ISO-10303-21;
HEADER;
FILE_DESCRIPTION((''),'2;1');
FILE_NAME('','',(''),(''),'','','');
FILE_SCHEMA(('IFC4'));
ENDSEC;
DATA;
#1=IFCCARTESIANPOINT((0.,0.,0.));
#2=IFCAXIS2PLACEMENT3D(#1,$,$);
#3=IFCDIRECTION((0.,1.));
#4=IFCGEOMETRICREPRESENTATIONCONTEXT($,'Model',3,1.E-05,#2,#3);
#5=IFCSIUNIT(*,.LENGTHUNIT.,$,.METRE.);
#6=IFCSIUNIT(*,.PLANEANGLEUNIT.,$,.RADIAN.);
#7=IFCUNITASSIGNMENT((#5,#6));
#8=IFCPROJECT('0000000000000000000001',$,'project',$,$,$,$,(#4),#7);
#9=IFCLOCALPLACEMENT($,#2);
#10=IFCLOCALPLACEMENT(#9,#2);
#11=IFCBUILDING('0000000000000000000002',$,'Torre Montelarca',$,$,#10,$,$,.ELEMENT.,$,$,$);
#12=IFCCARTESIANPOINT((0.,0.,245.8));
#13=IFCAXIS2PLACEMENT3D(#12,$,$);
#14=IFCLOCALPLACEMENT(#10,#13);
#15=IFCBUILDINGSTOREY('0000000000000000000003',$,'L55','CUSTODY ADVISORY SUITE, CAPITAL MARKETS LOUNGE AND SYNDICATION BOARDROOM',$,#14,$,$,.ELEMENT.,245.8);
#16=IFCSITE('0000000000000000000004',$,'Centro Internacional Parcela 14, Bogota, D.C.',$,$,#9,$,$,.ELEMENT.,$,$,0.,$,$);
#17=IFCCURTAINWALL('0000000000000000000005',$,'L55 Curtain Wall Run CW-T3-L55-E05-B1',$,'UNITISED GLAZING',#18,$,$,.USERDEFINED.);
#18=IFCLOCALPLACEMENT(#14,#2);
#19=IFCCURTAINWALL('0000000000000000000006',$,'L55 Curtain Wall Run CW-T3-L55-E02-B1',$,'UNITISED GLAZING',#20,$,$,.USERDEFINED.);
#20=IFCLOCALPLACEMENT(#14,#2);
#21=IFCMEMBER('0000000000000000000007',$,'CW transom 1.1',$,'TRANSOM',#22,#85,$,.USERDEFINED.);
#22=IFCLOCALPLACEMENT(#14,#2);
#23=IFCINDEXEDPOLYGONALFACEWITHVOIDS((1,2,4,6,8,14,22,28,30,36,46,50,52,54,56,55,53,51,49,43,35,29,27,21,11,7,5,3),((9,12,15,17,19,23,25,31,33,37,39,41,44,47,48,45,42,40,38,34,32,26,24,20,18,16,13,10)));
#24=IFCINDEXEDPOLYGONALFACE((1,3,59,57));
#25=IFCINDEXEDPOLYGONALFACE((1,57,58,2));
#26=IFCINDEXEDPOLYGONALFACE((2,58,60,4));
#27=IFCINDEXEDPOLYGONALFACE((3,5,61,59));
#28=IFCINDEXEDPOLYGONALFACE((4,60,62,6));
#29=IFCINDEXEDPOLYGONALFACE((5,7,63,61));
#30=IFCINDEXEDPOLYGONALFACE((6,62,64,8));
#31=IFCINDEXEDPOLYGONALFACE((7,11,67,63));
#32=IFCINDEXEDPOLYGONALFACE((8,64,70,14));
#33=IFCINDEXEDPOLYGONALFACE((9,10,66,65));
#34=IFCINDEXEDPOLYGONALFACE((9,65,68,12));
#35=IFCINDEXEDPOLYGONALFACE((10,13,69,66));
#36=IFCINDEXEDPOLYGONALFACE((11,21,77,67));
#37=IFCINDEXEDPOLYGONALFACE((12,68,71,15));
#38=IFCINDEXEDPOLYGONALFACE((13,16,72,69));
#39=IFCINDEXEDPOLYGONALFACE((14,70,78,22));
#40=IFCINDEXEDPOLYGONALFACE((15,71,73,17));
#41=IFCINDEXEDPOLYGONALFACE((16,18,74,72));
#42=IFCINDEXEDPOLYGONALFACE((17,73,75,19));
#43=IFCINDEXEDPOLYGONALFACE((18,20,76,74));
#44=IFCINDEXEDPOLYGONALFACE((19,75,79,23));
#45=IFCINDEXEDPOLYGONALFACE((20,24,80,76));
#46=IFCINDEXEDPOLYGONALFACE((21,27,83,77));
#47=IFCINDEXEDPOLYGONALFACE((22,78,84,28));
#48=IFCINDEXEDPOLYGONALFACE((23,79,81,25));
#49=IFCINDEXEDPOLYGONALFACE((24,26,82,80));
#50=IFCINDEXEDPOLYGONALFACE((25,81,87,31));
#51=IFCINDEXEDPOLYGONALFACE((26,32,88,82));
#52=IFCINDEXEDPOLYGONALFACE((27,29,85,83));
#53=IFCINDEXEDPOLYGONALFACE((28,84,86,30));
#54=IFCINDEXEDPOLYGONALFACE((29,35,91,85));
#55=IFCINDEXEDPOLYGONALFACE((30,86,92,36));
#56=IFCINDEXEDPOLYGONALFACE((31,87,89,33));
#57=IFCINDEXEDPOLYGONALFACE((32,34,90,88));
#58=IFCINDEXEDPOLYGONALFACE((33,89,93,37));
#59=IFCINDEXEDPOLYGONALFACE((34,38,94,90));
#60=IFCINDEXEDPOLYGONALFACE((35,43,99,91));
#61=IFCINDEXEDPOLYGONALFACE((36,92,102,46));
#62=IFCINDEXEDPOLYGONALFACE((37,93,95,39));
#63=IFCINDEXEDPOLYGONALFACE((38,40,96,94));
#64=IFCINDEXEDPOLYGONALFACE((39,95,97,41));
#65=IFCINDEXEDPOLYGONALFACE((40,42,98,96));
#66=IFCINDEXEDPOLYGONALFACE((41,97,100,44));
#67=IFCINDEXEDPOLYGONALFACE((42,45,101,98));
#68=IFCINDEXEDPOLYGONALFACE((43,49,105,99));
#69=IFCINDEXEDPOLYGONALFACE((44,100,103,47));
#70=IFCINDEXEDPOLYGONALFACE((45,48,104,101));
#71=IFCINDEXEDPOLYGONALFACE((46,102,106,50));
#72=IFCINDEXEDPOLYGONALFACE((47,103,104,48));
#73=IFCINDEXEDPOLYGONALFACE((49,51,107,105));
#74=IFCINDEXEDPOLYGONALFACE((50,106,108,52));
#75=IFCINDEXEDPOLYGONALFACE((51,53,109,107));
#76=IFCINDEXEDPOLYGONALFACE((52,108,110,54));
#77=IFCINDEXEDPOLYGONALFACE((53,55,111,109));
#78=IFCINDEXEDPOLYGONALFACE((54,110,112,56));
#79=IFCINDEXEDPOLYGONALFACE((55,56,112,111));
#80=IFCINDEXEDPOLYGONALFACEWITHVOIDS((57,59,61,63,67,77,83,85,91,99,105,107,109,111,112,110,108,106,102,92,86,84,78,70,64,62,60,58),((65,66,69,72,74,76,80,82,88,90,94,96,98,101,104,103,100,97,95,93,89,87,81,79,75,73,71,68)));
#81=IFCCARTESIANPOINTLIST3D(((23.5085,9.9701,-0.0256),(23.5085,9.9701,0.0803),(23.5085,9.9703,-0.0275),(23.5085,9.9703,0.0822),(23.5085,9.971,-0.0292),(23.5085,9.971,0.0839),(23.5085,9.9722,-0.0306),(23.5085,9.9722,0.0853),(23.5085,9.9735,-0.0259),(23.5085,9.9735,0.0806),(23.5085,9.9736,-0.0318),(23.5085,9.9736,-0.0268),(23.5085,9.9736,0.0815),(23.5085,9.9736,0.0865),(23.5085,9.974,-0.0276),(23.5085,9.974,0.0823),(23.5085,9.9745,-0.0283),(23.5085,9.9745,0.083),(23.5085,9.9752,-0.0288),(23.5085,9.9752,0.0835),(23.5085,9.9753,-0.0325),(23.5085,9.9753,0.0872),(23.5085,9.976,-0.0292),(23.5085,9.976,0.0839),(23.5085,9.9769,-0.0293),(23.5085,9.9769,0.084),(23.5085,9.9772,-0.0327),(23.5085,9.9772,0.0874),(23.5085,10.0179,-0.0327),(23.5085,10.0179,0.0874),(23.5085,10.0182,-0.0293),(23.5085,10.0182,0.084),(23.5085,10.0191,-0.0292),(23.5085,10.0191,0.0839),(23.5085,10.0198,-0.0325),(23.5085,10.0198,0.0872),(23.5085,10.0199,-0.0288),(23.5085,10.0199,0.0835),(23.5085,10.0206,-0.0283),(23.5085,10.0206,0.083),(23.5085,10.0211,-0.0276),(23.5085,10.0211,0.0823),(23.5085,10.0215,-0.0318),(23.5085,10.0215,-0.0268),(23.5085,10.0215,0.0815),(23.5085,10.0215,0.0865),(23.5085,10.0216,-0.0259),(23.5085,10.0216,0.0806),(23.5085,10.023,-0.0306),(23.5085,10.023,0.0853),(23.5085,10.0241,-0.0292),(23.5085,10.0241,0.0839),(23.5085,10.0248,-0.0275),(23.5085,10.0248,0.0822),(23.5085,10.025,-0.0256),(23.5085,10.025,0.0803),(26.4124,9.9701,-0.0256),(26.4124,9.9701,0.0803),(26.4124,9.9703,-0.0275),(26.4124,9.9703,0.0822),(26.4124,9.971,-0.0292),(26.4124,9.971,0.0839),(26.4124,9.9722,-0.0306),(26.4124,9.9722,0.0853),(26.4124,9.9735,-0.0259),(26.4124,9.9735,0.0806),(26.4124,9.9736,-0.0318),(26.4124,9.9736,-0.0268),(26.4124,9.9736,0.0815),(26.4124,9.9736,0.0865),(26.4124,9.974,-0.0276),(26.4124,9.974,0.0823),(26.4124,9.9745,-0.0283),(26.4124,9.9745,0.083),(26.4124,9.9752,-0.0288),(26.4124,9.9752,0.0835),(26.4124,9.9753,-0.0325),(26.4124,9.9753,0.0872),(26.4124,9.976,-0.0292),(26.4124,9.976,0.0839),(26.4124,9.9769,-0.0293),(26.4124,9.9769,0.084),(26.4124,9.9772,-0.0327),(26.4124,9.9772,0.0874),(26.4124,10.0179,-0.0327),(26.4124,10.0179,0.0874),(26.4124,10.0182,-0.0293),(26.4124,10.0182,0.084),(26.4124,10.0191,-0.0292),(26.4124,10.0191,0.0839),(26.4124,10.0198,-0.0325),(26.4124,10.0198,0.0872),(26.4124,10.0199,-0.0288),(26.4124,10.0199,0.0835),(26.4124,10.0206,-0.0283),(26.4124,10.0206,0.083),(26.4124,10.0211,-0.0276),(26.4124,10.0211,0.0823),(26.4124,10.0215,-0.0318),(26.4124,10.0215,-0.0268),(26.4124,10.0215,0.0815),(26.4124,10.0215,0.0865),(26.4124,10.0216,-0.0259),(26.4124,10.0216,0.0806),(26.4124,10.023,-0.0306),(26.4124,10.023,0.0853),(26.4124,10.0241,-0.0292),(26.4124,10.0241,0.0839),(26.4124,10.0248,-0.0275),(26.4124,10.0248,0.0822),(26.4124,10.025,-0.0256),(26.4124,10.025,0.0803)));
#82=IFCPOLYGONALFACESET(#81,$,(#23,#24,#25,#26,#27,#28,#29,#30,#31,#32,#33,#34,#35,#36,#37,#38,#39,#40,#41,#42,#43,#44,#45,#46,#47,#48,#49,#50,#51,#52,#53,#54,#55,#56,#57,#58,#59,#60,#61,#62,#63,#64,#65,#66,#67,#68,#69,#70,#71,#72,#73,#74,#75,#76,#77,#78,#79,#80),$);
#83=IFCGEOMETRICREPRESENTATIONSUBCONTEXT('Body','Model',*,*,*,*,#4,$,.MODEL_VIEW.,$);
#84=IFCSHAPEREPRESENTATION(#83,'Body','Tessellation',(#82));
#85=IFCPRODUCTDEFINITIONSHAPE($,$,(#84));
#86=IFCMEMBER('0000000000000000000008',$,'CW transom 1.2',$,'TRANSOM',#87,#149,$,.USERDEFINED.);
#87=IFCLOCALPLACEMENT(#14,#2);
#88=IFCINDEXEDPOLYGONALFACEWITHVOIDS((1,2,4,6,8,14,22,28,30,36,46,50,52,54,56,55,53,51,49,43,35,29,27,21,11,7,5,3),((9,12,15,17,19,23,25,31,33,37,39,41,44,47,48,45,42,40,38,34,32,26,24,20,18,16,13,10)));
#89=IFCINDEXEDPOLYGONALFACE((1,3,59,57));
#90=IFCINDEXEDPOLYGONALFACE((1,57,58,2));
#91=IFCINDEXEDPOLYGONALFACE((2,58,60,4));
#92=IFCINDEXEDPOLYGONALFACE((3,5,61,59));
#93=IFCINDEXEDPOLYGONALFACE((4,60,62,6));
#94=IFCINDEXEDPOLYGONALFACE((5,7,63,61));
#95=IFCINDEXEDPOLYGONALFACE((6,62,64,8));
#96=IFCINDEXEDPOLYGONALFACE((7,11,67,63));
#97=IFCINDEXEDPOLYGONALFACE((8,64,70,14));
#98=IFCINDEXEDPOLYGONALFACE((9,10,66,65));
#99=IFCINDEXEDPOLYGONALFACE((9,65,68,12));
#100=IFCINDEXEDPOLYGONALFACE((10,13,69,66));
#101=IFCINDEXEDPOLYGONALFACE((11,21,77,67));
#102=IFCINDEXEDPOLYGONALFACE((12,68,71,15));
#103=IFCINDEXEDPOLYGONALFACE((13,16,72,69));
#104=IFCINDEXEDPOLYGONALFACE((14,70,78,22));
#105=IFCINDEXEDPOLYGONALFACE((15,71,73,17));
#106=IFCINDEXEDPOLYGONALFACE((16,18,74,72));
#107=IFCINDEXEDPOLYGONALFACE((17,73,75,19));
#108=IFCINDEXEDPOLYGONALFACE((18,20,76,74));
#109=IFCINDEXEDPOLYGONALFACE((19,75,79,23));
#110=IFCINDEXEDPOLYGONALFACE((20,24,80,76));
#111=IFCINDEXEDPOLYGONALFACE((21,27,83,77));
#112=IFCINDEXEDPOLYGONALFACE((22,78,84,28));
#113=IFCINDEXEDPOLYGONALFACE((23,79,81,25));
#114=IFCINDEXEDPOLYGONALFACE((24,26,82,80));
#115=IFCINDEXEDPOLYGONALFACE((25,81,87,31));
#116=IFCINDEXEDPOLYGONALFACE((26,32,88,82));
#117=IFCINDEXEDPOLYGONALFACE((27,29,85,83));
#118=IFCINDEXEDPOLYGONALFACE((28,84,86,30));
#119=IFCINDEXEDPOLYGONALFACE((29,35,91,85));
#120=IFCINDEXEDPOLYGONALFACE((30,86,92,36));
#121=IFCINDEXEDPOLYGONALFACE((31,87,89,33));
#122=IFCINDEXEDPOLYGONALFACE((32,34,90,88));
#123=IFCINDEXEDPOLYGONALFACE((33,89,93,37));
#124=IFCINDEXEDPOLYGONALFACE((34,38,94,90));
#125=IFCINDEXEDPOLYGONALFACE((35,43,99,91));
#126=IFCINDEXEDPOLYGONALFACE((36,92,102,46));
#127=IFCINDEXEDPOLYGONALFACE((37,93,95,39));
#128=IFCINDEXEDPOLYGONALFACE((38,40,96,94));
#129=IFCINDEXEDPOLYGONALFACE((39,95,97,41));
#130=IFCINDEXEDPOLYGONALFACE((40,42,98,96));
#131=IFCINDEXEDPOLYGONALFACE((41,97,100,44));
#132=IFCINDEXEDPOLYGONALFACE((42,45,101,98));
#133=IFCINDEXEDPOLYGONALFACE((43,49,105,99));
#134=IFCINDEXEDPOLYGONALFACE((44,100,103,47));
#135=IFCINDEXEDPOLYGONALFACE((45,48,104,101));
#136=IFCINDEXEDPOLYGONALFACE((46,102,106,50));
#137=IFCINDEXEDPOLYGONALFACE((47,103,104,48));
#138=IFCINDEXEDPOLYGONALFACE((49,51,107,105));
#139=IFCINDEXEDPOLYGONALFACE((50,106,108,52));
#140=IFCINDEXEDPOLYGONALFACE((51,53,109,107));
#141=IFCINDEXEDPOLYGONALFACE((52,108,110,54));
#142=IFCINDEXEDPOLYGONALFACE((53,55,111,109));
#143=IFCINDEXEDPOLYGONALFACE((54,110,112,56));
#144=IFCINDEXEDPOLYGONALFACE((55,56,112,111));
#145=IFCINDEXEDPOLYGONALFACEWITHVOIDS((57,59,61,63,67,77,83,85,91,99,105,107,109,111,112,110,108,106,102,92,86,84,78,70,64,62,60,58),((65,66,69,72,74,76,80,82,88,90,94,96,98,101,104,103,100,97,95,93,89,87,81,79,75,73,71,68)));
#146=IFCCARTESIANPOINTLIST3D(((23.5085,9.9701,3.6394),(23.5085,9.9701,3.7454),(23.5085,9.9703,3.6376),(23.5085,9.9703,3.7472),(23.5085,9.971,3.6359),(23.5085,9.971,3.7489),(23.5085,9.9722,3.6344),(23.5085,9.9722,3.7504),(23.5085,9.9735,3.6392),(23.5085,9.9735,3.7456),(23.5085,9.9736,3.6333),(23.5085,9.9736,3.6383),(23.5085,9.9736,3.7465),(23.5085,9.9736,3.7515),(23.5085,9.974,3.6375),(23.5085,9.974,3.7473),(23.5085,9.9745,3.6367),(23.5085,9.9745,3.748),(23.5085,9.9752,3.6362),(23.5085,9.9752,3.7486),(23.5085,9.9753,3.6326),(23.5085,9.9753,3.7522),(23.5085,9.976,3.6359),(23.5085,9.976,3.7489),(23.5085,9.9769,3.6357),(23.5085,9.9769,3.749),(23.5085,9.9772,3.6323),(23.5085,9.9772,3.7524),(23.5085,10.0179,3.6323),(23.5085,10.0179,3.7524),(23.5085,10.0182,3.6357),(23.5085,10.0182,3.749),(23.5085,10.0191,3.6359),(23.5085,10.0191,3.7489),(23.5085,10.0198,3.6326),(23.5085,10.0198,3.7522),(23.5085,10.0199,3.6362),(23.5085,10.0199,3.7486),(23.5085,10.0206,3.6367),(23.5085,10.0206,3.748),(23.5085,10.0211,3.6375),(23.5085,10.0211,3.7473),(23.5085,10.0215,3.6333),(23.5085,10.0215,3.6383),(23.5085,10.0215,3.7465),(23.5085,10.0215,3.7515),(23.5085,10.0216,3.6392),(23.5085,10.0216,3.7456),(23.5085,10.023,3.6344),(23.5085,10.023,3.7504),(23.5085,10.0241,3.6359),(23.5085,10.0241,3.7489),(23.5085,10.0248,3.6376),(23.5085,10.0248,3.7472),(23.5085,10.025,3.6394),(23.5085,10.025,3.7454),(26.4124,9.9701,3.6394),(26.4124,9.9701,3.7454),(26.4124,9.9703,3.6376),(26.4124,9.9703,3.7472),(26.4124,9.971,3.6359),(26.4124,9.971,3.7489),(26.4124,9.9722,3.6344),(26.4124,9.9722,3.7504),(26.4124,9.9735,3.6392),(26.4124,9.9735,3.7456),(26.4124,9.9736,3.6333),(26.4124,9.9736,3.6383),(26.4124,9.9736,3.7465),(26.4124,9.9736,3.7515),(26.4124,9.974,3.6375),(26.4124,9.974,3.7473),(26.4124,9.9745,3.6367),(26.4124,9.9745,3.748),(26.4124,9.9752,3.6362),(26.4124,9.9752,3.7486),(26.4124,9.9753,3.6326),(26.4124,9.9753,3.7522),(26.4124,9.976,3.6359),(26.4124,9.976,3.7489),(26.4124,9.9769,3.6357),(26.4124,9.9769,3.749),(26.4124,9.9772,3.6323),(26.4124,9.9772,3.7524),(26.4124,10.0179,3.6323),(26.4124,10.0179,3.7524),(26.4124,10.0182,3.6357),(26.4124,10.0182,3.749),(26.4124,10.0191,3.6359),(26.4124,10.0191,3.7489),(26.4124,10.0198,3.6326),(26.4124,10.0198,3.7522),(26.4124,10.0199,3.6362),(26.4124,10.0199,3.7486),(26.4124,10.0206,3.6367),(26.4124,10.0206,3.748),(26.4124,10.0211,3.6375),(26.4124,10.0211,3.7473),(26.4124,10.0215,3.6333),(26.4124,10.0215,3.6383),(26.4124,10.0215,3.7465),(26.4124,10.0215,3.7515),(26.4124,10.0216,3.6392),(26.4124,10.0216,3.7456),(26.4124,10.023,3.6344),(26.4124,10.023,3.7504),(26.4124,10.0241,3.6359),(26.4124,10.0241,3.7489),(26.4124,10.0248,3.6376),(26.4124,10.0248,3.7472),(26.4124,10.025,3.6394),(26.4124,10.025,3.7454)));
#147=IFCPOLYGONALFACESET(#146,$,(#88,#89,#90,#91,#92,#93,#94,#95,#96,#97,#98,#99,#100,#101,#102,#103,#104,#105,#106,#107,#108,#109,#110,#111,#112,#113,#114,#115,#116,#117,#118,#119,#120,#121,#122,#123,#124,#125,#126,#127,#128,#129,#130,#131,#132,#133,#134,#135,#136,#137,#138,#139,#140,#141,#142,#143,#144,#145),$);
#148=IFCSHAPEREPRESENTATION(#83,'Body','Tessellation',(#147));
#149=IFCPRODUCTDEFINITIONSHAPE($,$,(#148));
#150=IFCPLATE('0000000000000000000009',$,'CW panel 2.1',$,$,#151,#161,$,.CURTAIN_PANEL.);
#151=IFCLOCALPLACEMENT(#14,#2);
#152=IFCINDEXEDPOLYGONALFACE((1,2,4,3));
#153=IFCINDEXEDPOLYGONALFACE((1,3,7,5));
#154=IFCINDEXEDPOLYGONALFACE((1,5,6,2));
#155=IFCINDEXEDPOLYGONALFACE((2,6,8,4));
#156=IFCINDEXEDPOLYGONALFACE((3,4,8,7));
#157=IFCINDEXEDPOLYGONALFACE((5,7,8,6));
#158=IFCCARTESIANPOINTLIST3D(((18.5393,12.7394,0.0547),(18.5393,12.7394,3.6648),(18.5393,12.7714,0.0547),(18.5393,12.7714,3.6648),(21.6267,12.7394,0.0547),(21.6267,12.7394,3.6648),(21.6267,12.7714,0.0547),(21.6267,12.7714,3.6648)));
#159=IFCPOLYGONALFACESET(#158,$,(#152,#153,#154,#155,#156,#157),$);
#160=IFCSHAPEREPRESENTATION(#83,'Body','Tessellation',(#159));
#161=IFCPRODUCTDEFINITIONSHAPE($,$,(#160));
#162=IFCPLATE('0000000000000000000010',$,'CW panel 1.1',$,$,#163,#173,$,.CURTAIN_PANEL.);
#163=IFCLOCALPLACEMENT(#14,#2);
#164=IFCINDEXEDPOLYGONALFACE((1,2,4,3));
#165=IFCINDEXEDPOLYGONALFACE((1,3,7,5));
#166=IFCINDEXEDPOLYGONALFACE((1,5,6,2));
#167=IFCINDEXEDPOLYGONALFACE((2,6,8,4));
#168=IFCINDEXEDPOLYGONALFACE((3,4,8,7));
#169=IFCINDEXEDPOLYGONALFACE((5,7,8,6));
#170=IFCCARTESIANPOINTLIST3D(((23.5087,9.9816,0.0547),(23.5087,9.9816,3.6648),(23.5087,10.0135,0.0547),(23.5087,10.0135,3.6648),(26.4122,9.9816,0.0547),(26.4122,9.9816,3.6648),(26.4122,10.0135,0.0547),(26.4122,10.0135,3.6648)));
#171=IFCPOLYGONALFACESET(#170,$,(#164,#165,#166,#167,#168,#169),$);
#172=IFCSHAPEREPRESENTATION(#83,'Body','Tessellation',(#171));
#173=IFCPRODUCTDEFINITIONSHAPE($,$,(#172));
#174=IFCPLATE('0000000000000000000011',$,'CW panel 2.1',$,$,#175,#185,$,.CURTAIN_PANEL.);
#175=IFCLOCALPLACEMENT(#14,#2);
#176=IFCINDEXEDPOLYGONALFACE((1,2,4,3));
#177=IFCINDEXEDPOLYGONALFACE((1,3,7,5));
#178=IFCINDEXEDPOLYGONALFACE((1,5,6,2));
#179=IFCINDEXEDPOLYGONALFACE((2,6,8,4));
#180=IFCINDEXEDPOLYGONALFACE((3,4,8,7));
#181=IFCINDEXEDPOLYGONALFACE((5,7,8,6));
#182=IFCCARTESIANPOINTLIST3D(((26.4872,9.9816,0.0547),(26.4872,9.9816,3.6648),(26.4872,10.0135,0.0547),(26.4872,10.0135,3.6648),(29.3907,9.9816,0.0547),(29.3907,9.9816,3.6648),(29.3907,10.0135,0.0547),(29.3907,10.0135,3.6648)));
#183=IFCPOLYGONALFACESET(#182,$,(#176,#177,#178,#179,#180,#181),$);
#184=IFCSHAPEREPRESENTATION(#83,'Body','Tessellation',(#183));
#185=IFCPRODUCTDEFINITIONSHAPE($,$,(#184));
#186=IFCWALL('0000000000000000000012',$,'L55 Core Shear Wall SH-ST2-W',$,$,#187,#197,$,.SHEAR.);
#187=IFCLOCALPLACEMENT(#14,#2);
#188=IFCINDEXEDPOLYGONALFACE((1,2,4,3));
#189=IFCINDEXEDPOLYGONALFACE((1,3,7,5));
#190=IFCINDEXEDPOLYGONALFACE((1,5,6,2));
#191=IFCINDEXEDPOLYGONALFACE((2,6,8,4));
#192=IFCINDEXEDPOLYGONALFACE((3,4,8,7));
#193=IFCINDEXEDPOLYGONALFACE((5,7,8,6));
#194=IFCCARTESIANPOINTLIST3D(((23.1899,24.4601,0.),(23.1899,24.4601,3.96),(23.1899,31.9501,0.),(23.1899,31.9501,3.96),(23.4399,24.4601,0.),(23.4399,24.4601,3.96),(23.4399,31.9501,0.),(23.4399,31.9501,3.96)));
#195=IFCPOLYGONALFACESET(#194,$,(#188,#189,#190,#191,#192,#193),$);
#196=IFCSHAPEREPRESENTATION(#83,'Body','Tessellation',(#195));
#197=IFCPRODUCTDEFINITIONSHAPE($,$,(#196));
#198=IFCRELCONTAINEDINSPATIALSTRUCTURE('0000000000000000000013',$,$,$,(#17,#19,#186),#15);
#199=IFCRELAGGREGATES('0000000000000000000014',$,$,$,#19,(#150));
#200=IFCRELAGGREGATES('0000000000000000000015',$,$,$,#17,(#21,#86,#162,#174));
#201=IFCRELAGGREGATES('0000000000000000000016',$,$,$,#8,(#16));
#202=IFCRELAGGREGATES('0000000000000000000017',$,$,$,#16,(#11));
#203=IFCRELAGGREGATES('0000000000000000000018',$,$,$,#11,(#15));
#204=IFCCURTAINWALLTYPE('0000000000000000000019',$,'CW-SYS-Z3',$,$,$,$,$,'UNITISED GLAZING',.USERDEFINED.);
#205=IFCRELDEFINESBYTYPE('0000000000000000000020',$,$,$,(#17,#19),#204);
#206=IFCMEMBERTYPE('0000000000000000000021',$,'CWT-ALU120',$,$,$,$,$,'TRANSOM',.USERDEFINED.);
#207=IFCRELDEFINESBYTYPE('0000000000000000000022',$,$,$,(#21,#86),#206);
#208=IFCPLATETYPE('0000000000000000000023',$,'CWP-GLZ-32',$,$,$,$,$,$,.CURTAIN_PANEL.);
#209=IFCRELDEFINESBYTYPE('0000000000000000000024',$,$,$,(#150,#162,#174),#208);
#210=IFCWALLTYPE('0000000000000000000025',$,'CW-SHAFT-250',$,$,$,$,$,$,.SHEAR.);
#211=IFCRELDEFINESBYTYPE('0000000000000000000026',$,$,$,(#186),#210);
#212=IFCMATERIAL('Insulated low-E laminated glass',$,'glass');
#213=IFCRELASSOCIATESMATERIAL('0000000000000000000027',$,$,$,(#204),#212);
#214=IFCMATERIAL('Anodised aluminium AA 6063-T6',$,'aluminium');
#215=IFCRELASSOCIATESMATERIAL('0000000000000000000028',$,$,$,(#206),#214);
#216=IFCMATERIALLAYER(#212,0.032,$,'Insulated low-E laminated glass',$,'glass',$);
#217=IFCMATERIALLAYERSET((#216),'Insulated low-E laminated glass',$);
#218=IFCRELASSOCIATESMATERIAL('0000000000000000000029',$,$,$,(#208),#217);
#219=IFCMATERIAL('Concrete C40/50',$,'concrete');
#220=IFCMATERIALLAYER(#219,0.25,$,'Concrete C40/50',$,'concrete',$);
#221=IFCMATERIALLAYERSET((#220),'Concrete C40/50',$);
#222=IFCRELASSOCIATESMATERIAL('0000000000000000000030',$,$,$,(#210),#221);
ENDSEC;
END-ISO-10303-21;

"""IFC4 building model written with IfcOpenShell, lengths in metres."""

from ifc_helpers import new_model, si_unit, direction, frame, frame_2d, origin, origin_2d, place, context, subcontext, project, spatial, rectangle, hollow_rectangle, extrude, source, transform, mapped, material, layer, layer_set, material_profile, profile_set, type_object, element, aggregate, save


model = new_model("IFC4")

# Units and contexts
model_context = context("Model", 3, precision=1e-05, world=origin(), true_north=direction((0.0, 1.0)))
body_context = subcontext(model_context, "Body", "Model", "MODEL_VIEW")
ifc_project = project(units=[si_unit("LENGTHUNIT", "METRE"), si_unit("PLANEANGLEUNIT", "RADIAN")], contexts=[model_context])

# Site, building, storey
site_placement = place(None, origin())
site = spatial("IfcSite", under=ifc_project, at=site_placement, Name="Centro Internacional Parcela 14, Bogota, D.C.", CompositionType="ELEMENT", RefElevation=0.0)
building_placement = place(site_placement, origin())
building = spatial("IfcBuilding", under=site, at=building_placement, Name="Torre Montelarca", CompositionType="ELEMENT")
storey_placement = place(building_placement, frame((0.0, 0.0, 245.8)))
storey = spatial("IfcBuildingStorey", under=building, at=storey_placement, Name="L55", Description="CUSTODY ADVISORY SUITE, CAPITAL MARKETS LOUNGE AND SYNDICATION BOARDROOM", CompositionType="ELEMENT", Elevation=245.8)

# Curtain wall
ifc_material_1 = material(Name="Insulated low-E laminated glass", Category="glass")
curtain_wall_type = type_object("IfcCurtainWallType", Name="CW-SYS-Z3", ElementType="UNITISED GLAZING", PredefinedType="USERDEFINED", material=ifc_material_1)
curtain_wall_1_placement = place(storey_placement, origin())
curtain_wall_1 = element("IfcCurtainWall", 1, at=curtain_wall_1_placement, inside=storey, type_object=curtain_wall_type, Name="L55 Curtain Wall Run CW-T3-L55-E05-B1", ObjectType="UNITISED GLAZING", PredefinedType="USERDEFINED")
ifc_material_2 = material(Name="Anodised aluminium AA 6063-T6", Category="aluminium")
ifc_material_profile_1 = material_profile(ifc_material_2, hollow_rectangle(XDim=0.0549, YDim=0.1201, WallThickness=0.0034, InnerFilletRadius=0.0034, OuterFilletRadius=0.0071, at=origin_2d()), Name="ALU55X120X3.5", Category="aluminium")
ifc_profile_set_1 = profile_set([ifc_material_profile_1], Name="Anodised aluminium AA 6063-T6")
member_type_1 = type_object("IfcMemberType", Name="CWT-ALU120", ElementType="TRANSOM", PredefinedType="USERDEFINED", material=ifc_profile_set_1)

# Curtain wall
curtain_wall_2_placement = place(storey_placement, origin())
curtain_wall_2 = element("IfcCurtainWall", 2, at=curtain_wall_2_placement, inside=storey, type_object=curtain_wall_type, Name="L55 Curtain Wall Run CW-T3-L55-E02-B1", ObjectType="UNITISED GLAZING", PredefinedType="USERDEFINED")

# Members
shared_shape_1 = source(origin(), body_context, "Body", "SweptSolid", [
    extrude(hollow_rectangle(XDim=0.0549, YDim=0.1201, WallThickness=0.0034, InnerFilletRadius=0.0034, OuterFilletRadius=0.0071, at=origin_2d()), origin(), (0.0, 0.0, 1.0), 2.9038),
])
member_1_placement = place(storey_placement, frame((23.5085, 9.9976, 0.0273), z_axis=(1.0, 0.0, 0.0), x_axis=(0.0, 1.0, 0.0)))
member_1 = element("IfcMember", 3, at=member_1_placement, type_object=member_type_1, Name="CW transom 1.1", ObjectType="TRANSOM", PredefinedType="USERDEFINED", context=body_context, shape_type="MappedRepresentation", body=[
    mapped(shared_shape_1, transform((0.0, 0.0, 0.0), scale=1.0)),
])
member_2_placement = place(storey_placement, frame((23.5085, 9.9976, 3.6924), z_axis=(1.0, 0.0, 0.0), x_axis=(0.0, 1.0, 0.0)))
member_2 = element("IfcMember", 4, at=member_2_placement, type_object=member_type_1, Name="CW transom 1.2", ObjectType="TRANSOM", PredefinedType="USERDEFINED", context=body_context, shape_type="MappedRepresentation", body=[
    mapped(shared_shape_1, transform((0.0, 0.0, 0.0), scale=1.0)),
])

# Plates
ifc_layer_1 = layer(ifc_material_1, 0.032, Name="Insulated low-E laminated glass", Category="glass")
ifc_layer_set_1 = layer_set([ifc_layer_1], Name="Insulated low-E laminated glass")
plate_type = type_object("IfcPlateType", Name="CWP-GLZ-32", PredefinedType="CURTAIN_PANEL", material=ifc_layer_set_1)
shared_shape_2 = source(origin(), body_context, "Body", "SweptSolid", [
    extrude(rectangle(XDim=3.0874, YDim=0.032, at=origin_2d()), origin(), (0.0, 0.0, 1.0), 3.6101),
])
plate_1_placement = place(storey_placement, frame((20.083, 12.7554, 0.0547), z_axis=(0.0, 0.0, 1.0), x_axis=(1.0, 0.0, 0.0)))
plate_1 = element("IfcPlate", 5, at=plate_1_placement, type_object=plate_type, Name="CW panel 2.1", PredefinedType="CURTAIN_PANEL", context=body_context, shape_type="MappedRepresentation", body=[
    mapped(shared_shape_2, transform((0.0, 0.0, 0.0), scale=1.0)),
])
aggregate(curtain_wall_2, [plate_1])
shared_shape_3 = source(origin(), body_context, "Body", "SweptSolid", [
    extrude(rectangle(XDim=2.9036, YDim=0.032, at=origin_2d()), origin(), (0.0, 0.0, 1.0), 3.6101),
])
plate_2_placement = place(storey_placement, frame((24.9604, 9.9976, 0.0547), z_axis=(0.0, 0.0, 1.0), x_axis=(1.0, 0.0, 0.0)))
plate_2 = element("IfcPlate", 6, at=plate_2_placement, type_object=plate_type, Name="CW panel 1.1", PredefinedType="CURTAIN_PANEL", context=body_context, shape_type="MappedRepresentation", body=[
    mapped(shared_shape_3, transform((0.0, 0.0, 0.0), scale=1.0)),
])
plate_3_placement = place(storey_placement, frame((27.939, 9.9976, 0.0547), z_axis=(0.0, 0.0, 1.0), x_axis=(1.0, 0.0, 0.0)))
plate_3 = element("IfcPlate", 7, at=plate_3_placement, type_object=plate_type, Name="CW panel 2.1", PredefinedType="CURTAIN_PANEL", context=body_context, shape_type="MappedRepresentation", body=[
    mapped(shared_shape_3, transform((0.0, 0.0, 0.0), scale=1.0)),
])
aggregate(curtain_wall_1, [member_1, member_2, plate_2, plate_3])

# Wall
ifc_material_3 = material(Name="Concrete C40/50", Category="concrete")
ifc_layer_2 = layer(ifc_material_3, 0.25, Name="Concrete C40/50", Category="concrete")
ifc_layer_set_2 = layer_set([ifc_layer_2], Name="Concrete C40/50")
wall_type_1 = type_object("IfcWallType", Name="CW-SHAFT-250", PredefinedType="SHEAR", material=ifc_layer_set_2)
wall_1_placement = place(storey_placement, frame((23.3149, 24.46, 0.0), z_axis=(0.0, 0.0, 1.0), x_axis=(0.0, 1.0, 0.0)))
element("IfcWall", 8, at=wall_1_placement, inside=storey, type_object=wall_type_1, Name="L55 Core Shear Wall SH-ST2-W", PredefinedType="SHEAR", context=body_context, shape_type="SweptSolid", body=[
    extrude(rectangle(XDim=7.49, YDim=0.25, at=frame_2d((3.7451, 0.0))), origin(), (0.0, 0.0, 1.0), 3.96),
])

save(model, "model.ifc")
